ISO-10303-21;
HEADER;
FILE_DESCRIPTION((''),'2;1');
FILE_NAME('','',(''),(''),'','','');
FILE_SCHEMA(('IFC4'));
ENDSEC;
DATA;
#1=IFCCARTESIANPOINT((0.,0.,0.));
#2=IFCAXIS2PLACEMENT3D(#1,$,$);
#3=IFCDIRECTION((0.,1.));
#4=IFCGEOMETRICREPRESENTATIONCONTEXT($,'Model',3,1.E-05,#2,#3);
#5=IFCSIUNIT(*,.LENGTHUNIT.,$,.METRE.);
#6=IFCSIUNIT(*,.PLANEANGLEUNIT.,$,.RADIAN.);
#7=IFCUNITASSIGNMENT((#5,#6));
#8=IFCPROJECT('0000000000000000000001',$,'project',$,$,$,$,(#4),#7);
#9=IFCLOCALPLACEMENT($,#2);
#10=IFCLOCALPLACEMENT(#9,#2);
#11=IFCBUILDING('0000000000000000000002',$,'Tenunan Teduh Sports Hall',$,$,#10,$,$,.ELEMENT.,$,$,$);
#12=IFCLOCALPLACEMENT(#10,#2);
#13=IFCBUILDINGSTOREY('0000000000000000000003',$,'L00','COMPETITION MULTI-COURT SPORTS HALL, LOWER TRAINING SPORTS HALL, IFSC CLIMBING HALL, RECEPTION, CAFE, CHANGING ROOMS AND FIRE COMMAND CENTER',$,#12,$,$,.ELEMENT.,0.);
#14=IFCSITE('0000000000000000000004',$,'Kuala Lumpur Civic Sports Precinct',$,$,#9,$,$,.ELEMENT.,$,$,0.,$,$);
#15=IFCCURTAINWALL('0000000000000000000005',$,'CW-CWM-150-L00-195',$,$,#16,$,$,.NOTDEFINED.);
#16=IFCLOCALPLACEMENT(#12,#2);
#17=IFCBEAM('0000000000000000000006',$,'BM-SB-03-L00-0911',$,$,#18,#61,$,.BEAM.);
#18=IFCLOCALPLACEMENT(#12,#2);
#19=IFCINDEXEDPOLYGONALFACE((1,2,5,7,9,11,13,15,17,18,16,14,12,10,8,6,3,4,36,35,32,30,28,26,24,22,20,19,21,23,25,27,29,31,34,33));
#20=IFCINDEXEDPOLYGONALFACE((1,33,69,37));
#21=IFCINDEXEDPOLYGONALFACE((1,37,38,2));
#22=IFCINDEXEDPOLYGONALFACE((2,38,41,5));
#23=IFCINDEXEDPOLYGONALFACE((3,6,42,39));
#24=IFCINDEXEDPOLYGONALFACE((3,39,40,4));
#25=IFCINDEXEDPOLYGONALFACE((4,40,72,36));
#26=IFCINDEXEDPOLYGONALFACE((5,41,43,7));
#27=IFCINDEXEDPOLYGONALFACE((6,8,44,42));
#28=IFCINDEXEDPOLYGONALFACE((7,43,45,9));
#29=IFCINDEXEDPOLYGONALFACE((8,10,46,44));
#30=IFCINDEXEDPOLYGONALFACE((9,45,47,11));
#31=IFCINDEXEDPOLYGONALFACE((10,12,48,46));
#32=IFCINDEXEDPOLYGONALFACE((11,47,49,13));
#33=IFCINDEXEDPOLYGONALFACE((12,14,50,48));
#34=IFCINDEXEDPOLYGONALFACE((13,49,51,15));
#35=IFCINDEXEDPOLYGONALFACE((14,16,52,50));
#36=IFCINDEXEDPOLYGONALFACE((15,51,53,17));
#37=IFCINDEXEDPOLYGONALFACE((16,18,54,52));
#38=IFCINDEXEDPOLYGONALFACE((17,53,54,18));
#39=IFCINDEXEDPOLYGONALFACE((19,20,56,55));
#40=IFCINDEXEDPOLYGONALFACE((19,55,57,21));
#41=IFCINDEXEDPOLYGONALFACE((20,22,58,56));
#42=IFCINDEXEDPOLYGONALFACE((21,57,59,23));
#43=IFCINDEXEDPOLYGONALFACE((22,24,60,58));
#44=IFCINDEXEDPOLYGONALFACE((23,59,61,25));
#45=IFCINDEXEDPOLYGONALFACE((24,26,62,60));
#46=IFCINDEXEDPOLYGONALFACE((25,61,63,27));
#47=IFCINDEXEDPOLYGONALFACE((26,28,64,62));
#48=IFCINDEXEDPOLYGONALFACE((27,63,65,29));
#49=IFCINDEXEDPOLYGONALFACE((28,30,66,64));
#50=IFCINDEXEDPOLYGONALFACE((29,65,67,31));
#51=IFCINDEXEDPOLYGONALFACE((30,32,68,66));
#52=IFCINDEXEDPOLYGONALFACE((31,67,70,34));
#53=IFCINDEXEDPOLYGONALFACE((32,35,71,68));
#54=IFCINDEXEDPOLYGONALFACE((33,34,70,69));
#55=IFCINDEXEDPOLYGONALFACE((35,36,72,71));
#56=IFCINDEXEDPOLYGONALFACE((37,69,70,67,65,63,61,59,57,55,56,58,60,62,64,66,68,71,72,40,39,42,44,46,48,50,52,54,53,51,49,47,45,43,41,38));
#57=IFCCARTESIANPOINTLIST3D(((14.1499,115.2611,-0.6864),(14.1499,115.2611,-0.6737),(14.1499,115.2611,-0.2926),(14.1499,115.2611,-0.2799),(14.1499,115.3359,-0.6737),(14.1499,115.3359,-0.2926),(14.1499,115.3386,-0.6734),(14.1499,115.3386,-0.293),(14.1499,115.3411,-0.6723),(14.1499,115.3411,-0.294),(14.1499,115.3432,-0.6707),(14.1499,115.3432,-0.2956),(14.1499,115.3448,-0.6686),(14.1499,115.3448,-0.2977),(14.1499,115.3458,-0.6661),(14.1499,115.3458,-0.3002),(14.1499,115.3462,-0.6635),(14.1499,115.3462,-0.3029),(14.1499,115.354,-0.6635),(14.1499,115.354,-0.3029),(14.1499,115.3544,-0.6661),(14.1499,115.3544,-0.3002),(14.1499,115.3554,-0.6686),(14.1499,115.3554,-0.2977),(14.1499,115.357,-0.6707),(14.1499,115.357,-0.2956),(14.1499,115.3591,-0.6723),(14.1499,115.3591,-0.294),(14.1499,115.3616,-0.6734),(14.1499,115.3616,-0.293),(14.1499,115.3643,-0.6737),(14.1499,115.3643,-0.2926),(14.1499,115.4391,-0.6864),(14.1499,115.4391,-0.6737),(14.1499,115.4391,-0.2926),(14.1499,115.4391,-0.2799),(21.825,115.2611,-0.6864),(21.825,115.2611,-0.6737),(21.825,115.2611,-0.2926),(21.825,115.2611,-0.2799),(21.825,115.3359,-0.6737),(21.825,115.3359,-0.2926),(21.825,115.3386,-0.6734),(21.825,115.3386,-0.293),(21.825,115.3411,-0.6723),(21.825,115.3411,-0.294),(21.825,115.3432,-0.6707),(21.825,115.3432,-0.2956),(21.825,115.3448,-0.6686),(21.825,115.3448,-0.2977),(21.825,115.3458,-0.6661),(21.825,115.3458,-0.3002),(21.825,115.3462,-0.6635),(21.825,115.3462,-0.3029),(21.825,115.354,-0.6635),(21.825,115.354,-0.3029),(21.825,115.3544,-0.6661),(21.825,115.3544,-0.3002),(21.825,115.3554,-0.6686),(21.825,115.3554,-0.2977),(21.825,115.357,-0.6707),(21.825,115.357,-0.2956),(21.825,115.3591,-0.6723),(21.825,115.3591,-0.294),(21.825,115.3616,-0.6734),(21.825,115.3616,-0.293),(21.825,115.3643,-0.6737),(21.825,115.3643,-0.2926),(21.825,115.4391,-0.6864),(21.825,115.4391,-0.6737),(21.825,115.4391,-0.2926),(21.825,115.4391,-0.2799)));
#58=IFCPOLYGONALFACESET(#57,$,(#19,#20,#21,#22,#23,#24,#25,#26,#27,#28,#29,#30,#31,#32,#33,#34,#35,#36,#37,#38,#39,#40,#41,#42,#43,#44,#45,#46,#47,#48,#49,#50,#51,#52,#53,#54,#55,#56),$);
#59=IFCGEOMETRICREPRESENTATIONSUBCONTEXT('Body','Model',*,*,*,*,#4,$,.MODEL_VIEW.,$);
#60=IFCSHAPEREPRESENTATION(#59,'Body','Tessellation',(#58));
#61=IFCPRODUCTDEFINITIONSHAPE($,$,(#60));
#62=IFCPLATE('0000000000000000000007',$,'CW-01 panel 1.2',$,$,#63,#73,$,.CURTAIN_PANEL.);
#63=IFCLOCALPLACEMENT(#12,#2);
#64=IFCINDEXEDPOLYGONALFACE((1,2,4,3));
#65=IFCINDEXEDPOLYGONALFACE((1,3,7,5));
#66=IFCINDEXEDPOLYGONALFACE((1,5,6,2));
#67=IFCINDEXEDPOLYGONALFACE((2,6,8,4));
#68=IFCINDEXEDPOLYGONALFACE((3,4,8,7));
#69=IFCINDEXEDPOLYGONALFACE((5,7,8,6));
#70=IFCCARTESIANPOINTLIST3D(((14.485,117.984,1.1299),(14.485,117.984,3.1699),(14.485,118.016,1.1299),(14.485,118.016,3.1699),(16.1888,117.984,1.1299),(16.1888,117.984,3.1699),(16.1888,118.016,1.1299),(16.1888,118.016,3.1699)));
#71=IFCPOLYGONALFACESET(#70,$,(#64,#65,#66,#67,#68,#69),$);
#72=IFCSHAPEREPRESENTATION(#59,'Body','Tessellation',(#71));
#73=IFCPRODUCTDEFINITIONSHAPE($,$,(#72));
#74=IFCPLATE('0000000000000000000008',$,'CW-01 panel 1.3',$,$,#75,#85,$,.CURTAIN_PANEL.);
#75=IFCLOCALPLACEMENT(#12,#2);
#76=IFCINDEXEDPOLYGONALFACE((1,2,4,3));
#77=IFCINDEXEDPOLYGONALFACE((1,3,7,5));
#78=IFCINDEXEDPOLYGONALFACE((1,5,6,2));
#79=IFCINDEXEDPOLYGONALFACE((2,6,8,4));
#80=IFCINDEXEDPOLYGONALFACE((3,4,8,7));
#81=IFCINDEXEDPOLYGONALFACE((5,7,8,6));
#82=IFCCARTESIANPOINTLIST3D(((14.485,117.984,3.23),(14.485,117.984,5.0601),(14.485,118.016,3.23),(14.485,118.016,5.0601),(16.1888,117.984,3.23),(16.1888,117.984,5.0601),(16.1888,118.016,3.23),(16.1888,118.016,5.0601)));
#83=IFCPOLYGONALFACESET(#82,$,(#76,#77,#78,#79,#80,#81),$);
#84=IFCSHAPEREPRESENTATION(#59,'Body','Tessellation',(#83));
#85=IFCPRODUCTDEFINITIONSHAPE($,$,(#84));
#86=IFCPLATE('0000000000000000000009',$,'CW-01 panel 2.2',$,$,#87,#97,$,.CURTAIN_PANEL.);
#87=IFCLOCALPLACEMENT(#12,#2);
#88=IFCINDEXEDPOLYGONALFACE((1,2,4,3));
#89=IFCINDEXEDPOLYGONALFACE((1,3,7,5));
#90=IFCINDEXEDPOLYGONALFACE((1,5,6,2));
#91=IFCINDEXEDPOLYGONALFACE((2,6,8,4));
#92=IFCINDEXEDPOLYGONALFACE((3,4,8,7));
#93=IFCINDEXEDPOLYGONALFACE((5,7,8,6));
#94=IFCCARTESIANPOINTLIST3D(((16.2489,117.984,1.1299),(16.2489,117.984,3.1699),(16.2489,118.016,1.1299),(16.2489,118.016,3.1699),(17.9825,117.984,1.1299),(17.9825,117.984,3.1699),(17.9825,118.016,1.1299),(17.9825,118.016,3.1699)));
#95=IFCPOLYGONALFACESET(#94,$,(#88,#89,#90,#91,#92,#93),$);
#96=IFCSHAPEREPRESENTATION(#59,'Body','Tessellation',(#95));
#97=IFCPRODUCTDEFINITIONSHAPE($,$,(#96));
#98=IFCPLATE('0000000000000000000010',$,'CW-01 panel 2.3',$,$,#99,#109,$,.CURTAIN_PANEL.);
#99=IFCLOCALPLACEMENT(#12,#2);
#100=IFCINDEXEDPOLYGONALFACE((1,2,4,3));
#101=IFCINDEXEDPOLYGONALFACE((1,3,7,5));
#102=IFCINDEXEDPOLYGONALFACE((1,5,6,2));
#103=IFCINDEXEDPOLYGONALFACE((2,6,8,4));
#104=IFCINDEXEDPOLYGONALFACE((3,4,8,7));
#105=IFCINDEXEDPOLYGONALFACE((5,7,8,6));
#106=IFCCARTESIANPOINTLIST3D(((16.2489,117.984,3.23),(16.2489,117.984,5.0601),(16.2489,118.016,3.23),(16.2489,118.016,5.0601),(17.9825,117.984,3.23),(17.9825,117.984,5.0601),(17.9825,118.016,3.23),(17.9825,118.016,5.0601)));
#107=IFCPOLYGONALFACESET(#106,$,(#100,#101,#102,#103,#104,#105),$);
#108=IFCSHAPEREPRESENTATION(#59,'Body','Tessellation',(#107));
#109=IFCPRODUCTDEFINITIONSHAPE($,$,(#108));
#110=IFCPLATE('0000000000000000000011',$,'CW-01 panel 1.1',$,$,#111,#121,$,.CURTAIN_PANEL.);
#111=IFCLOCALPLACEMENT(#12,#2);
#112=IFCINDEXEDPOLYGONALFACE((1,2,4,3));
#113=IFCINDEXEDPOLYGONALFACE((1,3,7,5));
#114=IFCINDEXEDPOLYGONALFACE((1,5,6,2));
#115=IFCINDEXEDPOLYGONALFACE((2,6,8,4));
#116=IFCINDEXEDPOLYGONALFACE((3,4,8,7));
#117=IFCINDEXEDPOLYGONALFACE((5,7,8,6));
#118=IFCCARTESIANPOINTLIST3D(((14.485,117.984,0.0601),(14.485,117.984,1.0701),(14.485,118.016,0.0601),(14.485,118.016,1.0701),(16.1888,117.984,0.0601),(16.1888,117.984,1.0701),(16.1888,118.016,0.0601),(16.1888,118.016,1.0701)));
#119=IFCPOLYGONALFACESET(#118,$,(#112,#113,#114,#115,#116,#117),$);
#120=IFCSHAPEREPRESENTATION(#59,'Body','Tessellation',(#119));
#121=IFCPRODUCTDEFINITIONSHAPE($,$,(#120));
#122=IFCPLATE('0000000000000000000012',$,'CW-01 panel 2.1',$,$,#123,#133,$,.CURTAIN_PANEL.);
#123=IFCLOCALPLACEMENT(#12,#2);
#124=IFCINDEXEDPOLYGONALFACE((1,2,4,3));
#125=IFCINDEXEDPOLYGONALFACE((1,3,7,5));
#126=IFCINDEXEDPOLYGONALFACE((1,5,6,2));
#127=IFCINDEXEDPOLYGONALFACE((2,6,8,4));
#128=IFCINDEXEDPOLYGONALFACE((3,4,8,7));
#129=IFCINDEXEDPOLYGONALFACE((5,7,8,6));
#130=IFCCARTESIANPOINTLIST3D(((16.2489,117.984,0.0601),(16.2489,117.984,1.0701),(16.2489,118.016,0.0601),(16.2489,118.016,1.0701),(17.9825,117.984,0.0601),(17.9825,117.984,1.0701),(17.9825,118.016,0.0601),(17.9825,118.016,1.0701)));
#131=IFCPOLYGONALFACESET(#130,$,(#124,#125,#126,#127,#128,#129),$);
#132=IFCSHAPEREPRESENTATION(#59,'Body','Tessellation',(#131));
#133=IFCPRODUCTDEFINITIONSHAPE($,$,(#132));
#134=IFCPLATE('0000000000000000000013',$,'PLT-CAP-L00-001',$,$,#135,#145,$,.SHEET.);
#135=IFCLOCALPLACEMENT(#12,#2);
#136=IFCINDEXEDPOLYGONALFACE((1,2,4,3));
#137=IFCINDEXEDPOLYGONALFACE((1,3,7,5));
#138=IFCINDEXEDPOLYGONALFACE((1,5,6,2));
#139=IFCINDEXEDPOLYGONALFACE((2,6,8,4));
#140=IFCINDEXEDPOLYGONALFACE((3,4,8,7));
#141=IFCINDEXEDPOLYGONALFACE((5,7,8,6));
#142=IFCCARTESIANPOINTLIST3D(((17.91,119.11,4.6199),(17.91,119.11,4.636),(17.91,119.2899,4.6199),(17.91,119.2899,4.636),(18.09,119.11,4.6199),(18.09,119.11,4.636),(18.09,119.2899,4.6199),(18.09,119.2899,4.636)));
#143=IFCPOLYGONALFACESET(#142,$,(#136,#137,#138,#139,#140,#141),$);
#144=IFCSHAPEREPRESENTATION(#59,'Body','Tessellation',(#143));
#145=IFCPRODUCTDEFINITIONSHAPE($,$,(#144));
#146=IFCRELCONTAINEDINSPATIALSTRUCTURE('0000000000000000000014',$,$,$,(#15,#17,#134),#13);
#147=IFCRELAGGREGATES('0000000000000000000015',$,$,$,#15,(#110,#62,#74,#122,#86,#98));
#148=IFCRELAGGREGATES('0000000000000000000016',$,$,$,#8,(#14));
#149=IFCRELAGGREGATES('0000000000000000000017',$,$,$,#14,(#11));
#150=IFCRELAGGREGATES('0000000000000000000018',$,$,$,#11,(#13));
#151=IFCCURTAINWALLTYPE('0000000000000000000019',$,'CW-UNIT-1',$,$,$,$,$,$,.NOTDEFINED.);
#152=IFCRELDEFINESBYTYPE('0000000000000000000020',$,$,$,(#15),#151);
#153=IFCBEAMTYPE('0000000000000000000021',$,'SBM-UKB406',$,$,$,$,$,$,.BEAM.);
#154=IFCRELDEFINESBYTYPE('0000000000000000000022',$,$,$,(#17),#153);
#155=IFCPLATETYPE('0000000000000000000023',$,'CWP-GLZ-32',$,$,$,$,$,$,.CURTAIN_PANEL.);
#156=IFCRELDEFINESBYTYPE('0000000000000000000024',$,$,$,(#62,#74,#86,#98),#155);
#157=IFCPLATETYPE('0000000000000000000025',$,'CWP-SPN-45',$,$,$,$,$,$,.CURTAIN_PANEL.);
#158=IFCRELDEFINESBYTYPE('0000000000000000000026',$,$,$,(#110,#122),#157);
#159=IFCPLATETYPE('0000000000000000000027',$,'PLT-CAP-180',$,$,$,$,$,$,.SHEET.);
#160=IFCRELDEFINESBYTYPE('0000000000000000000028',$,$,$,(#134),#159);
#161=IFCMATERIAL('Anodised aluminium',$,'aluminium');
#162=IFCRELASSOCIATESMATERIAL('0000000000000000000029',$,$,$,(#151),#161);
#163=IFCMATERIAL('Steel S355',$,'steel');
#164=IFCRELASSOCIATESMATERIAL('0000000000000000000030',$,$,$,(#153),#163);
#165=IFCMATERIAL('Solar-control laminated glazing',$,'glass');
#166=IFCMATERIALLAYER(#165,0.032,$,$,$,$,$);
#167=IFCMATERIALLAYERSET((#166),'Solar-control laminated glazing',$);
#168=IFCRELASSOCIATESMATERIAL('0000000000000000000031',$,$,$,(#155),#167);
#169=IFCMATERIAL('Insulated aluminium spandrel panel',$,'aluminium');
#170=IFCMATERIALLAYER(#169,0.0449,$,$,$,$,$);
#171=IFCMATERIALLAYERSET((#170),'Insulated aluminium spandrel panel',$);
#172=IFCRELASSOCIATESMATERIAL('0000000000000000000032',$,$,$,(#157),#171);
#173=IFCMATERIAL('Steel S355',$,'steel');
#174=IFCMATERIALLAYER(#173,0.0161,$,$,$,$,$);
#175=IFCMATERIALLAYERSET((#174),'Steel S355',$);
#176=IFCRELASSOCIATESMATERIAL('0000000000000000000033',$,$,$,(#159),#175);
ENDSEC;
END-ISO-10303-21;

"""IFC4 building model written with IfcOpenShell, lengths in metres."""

from ifc_helpers import new_model, si_unit, direction, frame, origin, origin_2d, place, context, subcontext, project, spatial, rectangle, i_section, extrude, material, layer, layer_set, material_profile, profile_set, type_object, element, aggregate, save


model = new_model("IFC4")

# Units and contexts
model_context = context("Model", 3, precision=1e-05, world=origin(), true_north=direction((0.0, 1.0)))
body_context = subcontext(model_context, "Body", "Model", "MODEL_VIEW")
ifc_project = project(units=[si_unit("LENGTHUNIT", "METRE"), si_unit("PLANEANGLEUNIT", "RADIAN")], contexts=[model_context])

# Site, building, storey
site_placement = place(None, origin())
site = spatial("IfcSite", under=ifc_project, at=site_placement, Name="Kuala Lumpur Civic Sports Precinct", CompositionType="ELEMENT", RefElevation=0.0)
building_placement = place(site_placement, origin())
building = spatial("IfcBuilding", under=site, at=building_placement, Name="Tenunan Teduh Sports Hall", CompositionType="ELEMENT")
storey_placement = place(building_placement, origin())
storey = spatial("IfcBuildingStorey", under=building, at=storey_placement, Name="L00", Description="COMPETITION MULTI-COURT SPORTS HALL, LOWER TRAINING SPORTS HALL, IFSC CLIMBING HALL, RECEPTION, CAFE, CHANGING ROOMS AND FIRE COMMAND CENTER", CompositionType="ELEMENT", Elevation=0.0)

# Curtain wall
ifc_material_1 = material(Name="Anodised aluminium", Category="aluminium")
curtain_wall_type = type_object("IfcCurtainWallType", Name="CW-UNIT-1", PredefinedType="NOTDEFINED", material=ifc_material_1)
curtain_wall_placement = place(storey_placement, origin())
curtain_wall = element("IfcCurtainWall", 1, at=curtain_wall_placement, inside=storey, type_object=curtain_wall_type, Name="CW-CWM-150-L00-195", PredefinedType="NOTDEFINED")

# Beam
ifc_material_2 = material(Name="Steel S355", Category="steel")
ifc_material_profile_1 = material_profile(ifc_material_2, i_section(OverallWidth=0.178, OverallDepth=0.4065, WebThickness=0.0078, FlangeThickness=0.0127, FilletRadius=0.0103, at=origin_2d()), Name="UKB 406x178x60")
ifc_profile_set_1 = profile_set([ifc_material_profile_1], Name="Steel S355")
beam_type = type_object("IfcBeamType", Name="SBM-UKB406", PredefinedType="BEAM", material=ifc_profile_set_1)
beam_placement = place(storey_placement, frame((14.1499, 115.3501, -0.4832), z_axis=(1.0, 0.0, 0.0), x_axis=(0.0, 1.0, 0.0)))
element("IfcBeam", 2, at=beam_placement, inside=storey, type_object=beam_type, Name="BM-SB-03-L00-0911", PredefinedType="BEAM", context=body_context, shape_type="SweptSolid", body=[
    extrude(i_section(OverallWidth=0.178, OverallDepth=0.4065, WebThickness=0.0078, FlangeThickness=0.0127, FilletRadius=0.0103, at=origin_2d()), origin(), (0.0, 0.0, 1.0), 7.675),
])

# Plates
ifc_material_3 = material(Name="Solar-control laminated glazing", Category="glass")
ifc_layer_1 = layer(ifc_material_3, 0.032)
ifc_layer_set_1 = layer_set([ifc_layer_1], Name="Solar-control laminated glazing")
plate_type_1 = type_object("IfcPlateType", Name="CWP-GLZ-32", PredefinedType="CURTAIN_PANEL", material=ifc_layer_set_1)
plate_1_placement = place(storey_placement, frame((15.3369, 118.0, 1.1299), z_axis=(0.0, 0.0, 1.0), x_axis=(1.0, 0.0, 0.0)))
plate_1 = element("IfcPlate", 3, at=plate_1_placement, type_object=plate_type_1, Name="CW-01 panel 1.2", PredefinedType="CURTAIN_PANEL", context=body_context, shape_type="SweptSolid", body=[
    extrude(rectangle(XDim=1.7039, YDim=0.032, at=origin_2d()), origin(), (0.0, 0.0, 1.0), 2.04),
])
plate_2_placement = place(storey_placement, frame((15.3369, 118.0, 3.23), z_axis=(0.0, 0.0, 1.0), x_axis=(1.0, 0.0, 0.0)))
plate_2 = element("IfcPlate", 4, at=plate_2_placement, type_object=plate_type_1, Name="CW-01 panel 1.3", PredefinedType="CURTAIN_PANEL", context=body_context, shape_type="SweptSolid", body=[
    extrude(rectangle(XDim=1.7039, YDim=0.032, at=origin_2d()), origin(), (0.0, 0.0, 1.0), 1.8301),
])
plate_3_placement = place(storey_placement, frame((17.1157, 118.0, 1.1299), z_axis=(0.0, 0.0, 1.0), x_axis=(1.0, 0.0, 0.0)))
plate_3 = element("IfcPlate", 5, at=plate_3_placement, type_object=plate_type_1, Name="CW-01 panel 2.2", PredefinedType="CURTAIN_PANEL", context=body_context, shape_type="SweptSolid", body=[
    extrude(rectangle(XDim=1.7336, YDim=0.032, at=origin_2d()), origin(), (0.0, 0.0, 1.0), 2.04),
])
plate_4_placement = place(storey_placement, frame((17.1157, 118.0, 3.23), z_axis=(0.0, 0.0, 1.0), x_axis=(1.0, 0.0, 0.0)))
plate_4 = element("IfcPlate", 6, at=plate_4_placement, type_object=plate_type_1, Name="CW-01 panel 2.3", PredefinedType="CURTAIN_PANEL", context=body_context, shape_type="SweptSolid", body=[
    extrude(rectangle(XDim=1.7336, YDim=0.032, at=origin_2d()), origin(), (0.0, 0.0, 1.0), 1.8301),
])
ifc_material_4 = material(Name="Insulated aluminium spandrel panel", Category="aluminium")
ifc_layer_2 = layer(ifc_material_4, 0.0449)
ifc_layer_set_2 = layer_set([ifc_layer_2], Name="Insulated aluminium spandrel panel")
plate_type_2 = type_object("IfcPlateType", Name="CWP-SPN-45", PredefinedType="CURTAIN_PANEL", material=ifc_layer_set_2)
plate_5_placement = place(storey_placement, frame((15.3369, 118.0, 0.0601), z_axis=(0.0, 0.0, 1.0), x_axis=(1.0, 0.0, 0.0)))
plate_5 = element("IfcPlate", 7, at=plate_5_placement, type_object=plate_type_2, Name="CW-01 panel 1.1", PredefinedType="CURTAIN_PANEL", context=body_context, shape_type="SweptSolid", body=[
    extrude(rectangle(XDim=1.7039, YDim=0.032, at=origin_2d()), origin(), (0.0, 0.0, 1.0), 1.01),
])
plate_6_placement = place(storey_placement, frame((17.1157, 118.0, 0.0601), z_axis=(0.0, 0.0, 1.0), x_axis=(1.0, 0.0, 0.0)))
plate_6 = element("IfcPlate", 8, at=plate_6_placement, type_object=plate_type_2, Name="CW-01 panel 2.1", PredefinedType="CURTAIN_PANEL", context=body_context, shape_type="SweptSolid", body=[
    extrude(rectangle(XDim=1.7336, YDim=0.032, at=origin_2d()), origin(), (0.0, 0.0, 1.0), 1.01),
])
aggregate(curtain_wall, [plate_5, plate_1, plate_2, plate_6, plate_3, plate_4])
ifc_material_5 = material(Name="Steel S355", Category="steel")
ifc_layer_3 = layer(ifc_material_5, 0.0161)
ifc_layer_set_3 = layer_set([ifc_layer_3], Name="Steel S355")
plate_type_3 = type_object("IfcPlateType", Name="PLT-CAP-180", PredefinedType="SHEET", material=ifc_layer_set_3)
plate_7_placement = place(storey_placement, frame((18.0, 119.2, 4.6199), z_axis=(0.0, 0.0, 1.0), x_axis=(1.0, 0.0, 0.0)))
element("IfcPlate", 9, at=plate_7_placement, inside=storey, type_object=plate_type_3, Name="PLT-CAP-L00-001", PredefinedType="SHEET", context=body_context, shape_type="SweptSolid", body=[
    extrude(rectangle(XDim=0.1799, YDim=0.1799, at=origin_2d()), origin(), (0.0, 0.0, 1.0), 0.0161),
])

save(model, "model.ifc")
